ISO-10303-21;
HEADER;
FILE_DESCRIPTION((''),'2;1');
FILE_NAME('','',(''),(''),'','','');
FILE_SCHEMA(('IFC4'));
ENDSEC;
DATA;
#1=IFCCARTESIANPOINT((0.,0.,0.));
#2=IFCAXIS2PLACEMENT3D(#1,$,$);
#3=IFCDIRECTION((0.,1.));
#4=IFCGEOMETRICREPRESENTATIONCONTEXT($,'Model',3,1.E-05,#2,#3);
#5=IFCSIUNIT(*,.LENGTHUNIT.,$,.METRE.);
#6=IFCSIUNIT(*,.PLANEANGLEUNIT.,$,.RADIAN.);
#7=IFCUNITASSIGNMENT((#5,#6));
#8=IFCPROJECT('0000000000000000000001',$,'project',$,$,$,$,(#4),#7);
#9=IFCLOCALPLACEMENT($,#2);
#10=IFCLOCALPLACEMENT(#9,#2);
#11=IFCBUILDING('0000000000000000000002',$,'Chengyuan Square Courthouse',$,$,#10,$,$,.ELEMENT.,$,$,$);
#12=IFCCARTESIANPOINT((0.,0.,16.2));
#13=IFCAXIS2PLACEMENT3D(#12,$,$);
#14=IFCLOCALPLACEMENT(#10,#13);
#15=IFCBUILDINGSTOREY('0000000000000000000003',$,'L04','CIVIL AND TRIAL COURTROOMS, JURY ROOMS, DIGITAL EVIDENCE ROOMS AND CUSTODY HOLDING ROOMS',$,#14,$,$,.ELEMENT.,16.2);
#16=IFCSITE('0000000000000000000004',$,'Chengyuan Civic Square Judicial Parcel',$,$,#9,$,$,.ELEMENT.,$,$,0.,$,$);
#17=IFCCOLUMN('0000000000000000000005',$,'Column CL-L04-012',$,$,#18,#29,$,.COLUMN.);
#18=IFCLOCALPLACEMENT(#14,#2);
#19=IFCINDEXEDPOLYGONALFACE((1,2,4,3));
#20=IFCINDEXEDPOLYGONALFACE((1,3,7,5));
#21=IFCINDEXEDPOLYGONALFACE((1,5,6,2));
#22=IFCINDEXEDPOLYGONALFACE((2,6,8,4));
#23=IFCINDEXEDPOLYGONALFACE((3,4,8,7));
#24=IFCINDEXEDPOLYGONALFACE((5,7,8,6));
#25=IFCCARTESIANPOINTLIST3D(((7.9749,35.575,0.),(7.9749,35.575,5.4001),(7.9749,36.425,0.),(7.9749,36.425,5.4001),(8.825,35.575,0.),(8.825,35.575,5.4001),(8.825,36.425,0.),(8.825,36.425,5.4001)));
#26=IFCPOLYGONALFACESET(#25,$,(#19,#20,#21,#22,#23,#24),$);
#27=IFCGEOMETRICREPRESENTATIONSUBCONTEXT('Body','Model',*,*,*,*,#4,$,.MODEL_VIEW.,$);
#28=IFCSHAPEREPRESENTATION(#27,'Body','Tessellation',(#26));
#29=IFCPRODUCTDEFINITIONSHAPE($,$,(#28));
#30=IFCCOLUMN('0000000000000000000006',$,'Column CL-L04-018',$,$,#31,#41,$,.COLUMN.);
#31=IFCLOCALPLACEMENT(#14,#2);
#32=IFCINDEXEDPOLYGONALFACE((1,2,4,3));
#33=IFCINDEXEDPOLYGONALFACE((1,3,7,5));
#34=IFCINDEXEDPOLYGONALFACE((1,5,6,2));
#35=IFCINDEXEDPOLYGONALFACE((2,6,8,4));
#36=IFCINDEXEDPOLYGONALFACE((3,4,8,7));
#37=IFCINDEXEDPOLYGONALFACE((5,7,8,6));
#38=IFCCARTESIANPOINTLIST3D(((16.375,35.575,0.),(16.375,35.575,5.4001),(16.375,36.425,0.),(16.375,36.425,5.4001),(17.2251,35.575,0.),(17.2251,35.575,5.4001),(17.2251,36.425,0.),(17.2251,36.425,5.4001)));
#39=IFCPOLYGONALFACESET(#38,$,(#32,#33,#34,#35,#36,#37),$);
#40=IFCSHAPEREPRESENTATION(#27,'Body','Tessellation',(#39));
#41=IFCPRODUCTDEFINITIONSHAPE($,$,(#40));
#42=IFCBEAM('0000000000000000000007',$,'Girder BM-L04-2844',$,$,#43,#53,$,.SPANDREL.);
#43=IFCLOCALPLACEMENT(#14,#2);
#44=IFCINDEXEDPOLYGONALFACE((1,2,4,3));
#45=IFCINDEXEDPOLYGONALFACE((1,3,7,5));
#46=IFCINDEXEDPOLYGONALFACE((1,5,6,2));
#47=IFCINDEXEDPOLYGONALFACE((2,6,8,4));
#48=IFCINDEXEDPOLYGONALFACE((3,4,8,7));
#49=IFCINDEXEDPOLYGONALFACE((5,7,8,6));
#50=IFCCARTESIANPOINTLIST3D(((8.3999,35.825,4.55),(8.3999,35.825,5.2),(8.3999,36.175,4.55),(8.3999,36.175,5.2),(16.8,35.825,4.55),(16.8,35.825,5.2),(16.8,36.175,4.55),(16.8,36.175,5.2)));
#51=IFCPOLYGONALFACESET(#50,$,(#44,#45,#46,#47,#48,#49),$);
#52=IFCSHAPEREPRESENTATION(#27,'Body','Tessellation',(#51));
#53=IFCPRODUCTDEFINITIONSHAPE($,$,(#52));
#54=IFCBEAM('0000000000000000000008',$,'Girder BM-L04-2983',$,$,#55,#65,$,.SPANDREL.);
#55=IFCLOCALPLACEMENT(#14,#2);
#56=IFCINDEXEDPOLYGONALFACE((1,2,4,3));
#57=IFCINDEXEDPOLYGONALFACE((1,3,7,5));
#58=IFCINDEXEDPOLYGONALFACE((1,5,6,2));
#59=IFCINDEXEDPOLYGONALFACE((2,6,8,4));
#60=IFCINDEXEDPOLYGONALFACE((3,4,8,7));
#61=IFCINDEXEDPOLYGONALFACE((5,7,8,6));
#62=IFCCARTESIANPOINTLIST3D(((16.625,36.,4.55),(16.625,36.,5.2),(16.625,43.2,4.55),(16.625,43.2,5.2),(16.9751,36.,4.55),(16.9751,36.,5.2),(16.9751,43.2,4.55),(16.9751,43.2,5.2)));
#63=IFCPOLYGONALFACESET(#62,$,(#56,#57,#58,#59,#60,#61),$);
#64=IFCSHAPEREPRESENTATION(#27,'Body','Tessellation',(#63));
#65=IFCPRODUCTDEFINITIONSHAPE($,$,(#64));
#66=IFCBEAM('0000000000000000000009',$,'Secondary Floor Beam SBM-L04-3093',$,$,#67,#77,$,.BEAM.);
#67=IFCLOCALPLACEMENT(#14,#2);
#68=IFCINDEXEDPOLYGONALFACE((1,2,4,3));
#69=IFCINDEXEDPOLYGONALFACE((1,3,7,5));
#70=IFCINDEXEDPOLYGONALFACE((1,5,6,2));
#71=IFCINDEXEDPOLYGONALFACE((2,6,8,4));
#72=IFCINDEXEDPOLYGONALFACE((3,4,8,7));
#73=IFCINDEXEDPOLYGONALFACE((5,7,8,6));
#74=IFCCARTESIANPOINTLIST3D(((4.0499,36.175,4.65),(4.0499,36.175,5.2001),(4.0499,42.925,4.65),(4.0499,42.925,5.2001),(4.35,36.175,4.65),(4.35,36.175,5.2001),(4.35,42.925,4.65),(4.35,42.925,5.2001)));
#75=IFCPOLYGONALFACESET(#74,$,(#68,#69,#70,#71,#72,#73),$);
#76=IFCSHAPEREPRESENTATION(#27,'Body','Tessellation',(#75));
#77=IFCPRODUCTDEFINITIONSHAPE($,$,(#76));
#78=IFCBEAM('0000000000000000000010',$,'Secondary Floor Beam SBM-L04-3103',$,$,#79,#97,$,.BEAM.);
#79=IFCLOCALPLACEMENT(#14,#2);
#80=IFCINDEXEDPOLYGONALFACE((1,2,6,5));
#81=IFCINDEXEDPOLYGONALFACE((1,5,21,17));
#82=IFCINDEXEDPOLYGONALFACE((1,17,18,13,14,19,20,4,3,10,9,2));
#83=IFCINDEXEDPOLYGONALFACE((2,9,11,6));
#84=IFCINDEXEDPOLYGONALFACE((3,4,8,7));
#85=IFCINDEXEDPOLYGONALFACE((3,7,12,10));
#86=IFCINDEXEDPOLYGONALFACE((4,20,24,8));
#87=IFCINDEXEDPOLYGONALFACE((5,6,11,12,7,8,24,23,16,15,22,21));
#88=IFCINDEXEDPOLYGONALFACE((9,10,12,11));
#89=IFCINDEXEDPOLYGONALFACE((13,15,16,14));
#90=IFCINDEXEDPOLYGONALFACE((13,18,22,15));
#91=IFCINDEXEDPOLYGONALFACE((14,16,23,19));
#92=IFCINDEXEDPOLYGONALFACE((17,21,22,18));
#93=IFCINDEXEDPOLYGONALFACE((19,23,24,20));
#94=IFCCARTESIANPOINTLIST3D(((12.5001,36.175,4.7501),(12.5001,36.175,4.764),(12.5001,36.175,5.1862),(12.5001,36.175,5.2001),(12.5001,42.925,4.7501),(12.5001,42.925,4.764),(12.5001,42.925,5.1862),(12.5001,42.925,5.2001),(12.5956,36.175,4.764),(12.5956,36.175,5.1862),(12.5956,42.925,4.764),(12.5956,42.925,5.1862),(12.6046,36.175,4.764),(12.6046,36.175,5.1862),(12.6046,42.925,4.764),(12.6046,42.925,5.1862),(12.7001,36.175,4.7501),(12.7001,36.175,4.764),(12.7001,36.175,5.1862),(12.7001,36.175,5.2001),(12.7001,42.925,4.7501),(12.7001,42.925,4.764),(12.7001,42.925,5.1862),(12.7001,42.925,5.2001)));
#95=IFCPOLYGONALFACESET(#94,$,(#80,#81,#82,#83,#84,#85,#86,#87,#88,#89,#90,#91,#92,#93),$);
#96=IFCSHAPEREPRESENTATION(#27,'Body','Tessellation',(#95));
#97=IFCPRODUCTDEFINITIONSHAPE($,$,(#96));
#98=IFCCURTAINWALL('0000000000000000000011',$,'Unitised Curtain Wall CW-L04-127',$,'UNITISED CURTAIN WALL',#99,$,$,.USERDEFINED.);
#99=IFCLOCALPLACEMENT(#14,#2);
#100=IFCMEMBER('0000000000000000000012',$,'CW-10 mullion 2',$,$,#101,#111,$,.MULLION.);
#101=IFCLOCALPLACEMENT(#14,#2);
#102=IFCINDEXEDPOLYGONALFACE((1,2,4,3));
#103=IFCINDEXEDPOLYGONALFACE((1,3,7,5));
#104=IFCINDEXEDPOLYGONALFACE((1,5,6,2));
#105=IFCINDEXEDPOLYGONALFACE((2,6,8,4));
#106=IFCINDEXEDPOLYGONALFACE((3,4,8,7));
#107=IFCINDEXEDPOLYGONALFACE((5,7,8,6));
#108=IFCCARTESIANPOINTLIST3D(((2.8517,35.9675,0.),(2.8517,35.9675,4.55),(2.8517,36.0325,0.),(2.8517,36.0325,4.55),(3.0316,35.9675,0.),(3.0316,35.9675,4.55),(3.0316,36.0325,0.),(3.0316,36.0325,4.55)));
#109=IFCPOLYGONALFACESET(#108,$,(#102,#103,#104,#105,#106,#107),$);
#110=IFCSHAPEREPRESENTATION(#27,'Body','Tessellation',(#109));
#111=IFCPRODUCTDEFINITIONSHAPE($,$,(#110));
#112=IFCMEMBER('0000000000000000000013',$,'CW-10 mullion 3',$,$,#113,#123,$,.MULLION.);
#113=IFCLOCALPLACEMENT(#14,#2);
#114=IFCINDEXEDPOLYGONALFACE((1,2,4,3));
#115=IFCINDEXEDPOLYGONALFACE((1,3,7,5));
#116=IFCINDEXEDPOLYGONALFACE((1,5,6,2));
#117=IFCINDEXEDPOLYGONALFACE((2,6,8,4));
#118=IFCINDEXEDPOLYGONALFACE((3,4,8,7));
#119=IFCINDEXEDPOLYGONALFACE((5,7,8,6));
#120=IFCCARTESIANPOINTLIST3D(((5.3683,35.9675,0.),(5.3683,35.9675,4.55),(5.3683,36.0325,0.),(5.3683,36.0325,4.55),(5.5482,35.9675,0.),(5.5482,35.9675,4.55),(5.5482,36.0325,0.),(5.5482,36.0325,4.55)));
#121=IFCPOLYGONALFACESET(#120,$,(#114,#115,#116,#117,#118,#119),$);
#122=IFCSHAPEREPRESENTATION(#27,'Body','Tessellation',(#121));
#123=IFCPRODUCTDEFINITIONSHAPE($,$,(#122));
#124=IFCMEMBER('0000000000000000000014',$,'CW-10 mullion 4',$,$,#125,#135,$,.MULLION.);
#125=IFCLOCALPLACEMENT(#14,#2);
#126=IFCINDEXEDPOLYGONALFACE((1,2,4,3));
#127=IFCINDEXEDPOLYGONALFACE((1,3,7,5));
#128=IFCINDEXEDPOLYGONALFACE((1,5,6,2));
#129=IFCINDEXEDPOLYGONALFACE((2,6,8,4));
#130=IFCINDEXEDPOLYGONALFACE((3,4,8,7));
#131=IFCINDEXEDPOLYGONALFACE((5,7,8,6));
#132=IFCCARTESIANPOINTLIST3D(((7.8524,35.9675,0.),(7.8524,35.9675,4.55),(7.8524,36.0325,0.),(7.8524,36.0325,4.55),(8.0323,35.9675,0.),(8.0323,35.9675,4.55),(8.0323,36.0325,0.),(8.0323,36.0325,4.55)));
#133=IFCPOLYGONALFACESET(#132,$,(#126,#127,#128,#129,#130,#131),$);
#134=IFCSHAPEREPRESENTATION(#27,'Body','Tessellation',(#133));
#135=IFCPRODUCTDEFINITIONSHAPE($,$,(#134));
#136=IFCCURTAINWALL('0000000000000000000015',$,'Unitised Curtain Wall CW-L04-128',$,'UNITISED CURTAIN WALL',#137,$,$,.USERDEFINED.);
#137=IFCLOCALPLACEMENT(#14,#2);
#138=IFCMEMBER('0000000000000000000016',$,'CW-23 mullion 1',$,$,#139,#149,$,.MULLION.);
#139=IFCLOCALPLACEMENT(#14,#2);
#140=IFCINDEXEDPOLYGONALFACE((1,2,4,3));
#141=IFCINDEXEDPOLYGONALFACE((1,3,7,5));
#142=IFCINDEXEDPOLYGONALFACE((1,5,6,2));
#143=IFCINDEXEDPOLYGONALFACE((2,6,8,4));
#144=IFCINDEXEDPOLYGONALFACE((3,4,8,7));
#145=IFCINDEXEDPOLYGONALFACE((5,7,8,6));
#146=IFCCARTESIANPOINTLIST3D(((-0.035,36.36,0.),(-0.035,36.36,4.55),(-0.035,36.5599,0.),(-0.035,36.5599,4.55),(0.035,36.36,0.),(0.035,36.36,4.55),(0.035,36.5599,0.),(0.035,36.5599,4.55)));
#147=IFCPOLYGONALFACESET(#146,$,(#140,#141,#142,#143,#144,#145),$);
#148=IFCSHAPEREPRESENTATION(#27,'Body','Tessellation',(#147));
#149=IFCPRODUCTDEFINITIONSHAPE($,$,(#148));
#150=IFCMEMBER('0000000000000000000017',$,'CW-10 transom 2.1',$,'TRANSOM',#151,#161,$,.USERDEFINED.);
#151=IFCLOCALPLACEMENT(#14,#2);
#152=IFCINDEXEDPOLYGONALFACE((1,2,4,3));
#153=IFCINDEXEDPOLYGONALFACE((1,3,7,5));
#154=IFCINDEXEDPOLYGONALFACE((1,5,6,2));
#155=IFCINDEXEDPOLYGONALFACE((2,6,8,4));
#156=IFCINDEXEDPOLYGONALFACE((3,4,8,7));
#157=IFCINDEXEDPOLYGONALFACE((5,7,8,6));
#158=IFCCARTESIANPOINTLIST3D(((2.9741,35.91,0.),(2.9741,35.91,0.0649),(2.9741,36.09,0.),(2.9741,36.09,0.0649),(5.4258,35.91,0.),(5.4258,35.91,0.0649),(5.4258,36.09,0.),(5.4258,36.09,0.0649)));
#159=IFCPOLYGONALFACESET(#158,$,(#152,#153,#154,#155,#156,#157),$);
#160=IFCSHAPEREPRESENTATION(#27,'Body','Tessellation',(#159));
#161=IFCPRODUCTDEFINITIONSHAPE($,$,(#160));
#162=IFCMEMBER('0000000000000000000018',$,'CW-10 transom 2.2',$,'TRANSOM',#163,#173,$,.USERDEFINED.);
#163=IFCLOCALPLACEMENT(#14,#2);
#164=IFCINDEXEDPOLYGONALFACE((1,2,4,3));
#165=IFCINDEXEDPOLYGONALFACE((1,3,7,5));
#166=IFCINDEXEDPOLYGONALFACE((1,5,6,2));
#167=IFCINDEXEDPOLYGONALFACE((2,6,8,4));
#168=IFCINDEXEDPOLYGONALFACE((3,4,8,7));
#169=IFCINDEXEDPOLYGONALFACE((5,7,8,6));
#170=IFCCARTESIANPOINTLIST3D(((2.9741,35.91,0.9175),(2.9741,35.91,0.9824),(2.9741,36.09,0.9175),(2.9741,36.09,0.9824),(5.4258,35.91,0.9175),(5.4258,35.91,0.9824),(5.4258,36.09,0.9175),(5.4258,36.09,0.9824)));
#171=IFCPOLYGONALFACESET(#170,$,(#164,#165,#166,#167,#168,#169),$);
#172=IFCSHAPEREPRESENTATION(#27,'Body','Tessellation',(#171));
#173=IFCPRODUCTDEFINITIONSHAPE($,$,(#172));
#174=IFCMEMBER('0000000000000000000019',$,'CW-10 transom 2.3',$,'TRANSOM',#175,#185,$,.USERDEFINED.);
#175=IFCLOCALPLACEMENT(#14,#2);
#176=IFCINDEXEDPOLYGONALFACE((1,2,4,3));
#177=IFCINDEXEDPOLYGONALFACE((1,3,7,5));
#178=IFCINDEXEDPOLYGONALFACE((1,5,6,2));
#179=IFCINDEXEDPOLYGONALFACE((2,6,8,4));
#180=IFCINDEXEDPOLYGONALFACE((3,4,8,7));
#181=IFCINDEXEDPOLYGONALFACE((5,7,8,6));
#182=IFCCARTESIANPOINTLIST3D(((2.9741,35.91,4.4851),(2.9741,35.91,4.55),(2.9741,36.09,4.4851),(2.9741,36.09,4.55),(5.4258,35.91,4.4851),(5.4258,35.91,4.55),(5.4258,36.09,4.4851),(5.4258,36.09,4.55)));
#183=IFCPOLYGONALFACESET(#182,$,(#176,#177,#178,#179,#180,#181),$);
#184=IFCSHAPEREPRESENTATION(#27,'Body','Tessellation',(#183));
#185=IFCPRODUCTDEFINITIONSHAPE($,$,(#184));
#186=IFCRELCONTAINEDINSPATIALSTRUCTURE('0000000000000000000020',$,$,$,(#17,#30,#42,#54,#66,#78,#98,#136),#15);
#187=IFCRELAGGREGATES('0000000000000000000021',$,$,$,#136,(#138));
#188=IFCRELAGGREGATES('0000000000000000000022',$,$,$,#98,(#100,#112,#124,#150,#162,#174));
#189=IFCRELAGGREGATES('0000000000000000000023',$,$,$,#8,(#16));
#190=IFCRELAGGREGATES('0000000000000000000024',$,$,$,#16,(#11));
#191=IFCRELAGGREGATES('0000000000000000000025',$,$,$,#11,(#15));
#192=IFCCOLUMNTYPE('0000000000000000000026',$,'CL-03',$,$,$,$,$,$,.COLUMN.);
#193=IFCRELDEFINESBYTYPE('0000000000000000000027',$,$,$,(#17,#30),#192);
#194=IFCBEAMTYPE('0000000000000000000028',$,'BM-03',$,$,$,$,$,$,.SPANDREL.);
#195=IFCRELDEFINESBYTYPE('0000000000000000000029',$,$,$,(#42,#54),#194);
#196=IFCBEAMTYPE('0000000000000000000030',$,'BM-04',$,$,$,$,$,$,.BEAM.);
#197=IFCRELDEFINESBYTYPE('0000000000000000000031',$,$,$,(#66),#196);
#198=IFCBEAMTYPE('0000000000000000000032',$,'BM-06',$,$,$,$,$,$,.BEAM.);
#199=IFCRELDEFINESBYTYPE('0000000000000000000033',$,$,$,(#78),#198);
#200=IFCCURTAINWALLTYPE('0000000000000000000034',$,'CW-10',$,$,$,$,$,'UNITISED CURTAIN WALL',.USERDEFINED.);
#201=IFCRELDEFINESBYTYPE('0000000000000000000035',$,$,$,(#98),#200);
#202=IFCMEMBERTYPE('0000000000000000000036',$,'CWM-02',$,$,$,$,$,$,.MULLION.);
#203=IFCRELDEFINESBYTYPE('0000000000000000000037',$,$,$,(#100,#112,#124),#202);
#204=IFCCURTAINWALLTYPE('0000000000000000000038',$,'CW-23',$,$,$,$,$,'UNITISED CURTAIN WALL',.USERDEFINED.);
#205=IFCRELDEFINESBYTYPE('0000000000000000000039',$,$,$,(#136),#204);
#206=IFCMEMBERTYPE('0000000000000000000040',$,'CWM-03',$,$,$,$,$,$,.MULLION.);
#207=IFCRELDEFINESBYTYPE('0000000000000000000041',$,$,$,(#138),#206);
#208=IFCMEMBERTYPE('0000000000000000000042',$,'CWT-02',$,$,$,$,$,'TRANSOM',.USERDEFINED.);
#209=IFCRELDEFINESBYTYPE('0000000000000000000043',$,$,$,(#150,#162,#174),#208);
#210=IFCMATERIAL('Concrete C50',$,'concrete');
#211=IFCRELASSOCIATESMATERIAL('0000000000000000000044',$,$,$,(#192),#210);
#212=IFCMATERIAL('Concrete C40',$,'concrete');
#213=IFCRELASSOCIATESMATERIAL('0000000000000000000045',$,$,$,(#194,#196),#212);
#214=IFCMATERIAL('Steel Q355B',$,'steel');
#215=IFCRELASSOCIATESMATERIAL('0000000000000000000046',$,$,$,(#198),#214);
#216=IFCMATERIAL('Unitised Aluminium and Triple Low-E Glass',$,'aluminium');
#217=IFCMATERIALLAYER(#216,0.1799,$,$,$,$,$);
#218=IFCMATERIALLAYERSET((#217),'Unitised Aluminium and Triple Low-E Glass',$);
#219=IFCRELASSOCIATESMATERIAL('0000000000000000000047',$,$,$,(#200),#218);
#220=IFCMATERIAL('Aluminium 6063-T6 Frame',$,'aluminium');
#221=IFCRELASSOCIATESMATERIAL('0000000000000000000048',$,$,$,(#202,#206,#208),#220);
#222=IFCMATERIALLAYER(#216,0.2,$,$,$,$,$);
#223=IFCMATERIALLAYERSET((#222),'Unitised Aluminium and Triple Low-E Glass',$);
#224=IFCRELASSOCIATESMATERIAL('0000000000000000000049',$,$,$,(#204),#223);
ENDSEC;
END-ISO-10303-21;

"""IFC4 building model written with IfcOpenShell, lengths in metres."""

from ifc_helpers import new_model, si_unit, direction, frame, origin, origin_2d, place, context, subcontext, project, spatial, rectangle, i_section, extrude, material, layer, layer_set, material_profile, profile_set, type_object, element, aggregate, save


model = new_model("IFC4")

# Units and contexts
model_context = context("Model", 3, precision=1e-05, world=origin(), true_north=direction((0.0, 1.0)))
body_context = subcontext(model_context, "Body", "Model", "MODEL_VIEW")
ifc_project = project(units=[si_unit("LENGTHUNIT", "METRE"), si_unit("PLANEANGLEUNIT", "RADIAN")], contexts=[model_context])

# Site, building, storey
site_placement = place(None, origin())
site = spatial("IfcSite", under=ifc_project, at=site_placement, Name="Chengyuan Civic Square Judicial Parcel", CompositionType="ELEMENT", RefElevation=0.0)
building_placement = place(site_placement, origin())
building = spatial("IfcBuilding", under=site, at=building_placement, Name="Chengyuan Square Courthouse", CompositionType="ELEMENT")
storey_placement = place(building_placement, frame((0.0, 0.0, 16.2)))
storey = spatial("IfcBuildingStorey", under=building, at=storey_placement, Name="L04", Description="CIVIL AND TRIAL COURTROOMS, JURY ROOMS, DIGITAL EVIDENCE ROOMS AND CUSTODY HOLDING ROOMS", CompositionType="ELEMENT", Elevation=16.2)

# Columns
ifc_material_1 = material(Name="Concrete C50", Category="concrete")
ifc_material_profile_1 = material_profile(ifc_material_1, rectangle(XDim=0.8501, YDim=0.8501, at=origin_2d()), Name="RC-COL-850x850")
ifc_profile_set_1 = profile_set([ifc_material_profile_1], Name="Concrete C50")
column_type = type_object("IfcColumnType", Name="CL-03", PredefinedType="COLUMN", material=ifc_profile_set_1)
for number, where, z_axis, x_axis, name in (
    (1, (8.3999, 36.0, 0.0), (0.0, 0.0, 1.0), (1.0, 0.0, 0.0), "Column CL-L04-012"),
    (2, (16.8, 36.0, 0.0), (0.0, 0.0, 1.0), (1.0, 0.0, 0.0), "Column CL-L04-018"),
):
    element("IfcColumn", number, at=place(storey_placement, frame(where, z_axis=z_axis, x_axis=x_axis)), inside=storey, type_object=column_type, Name=name, PredefinedType="COLUMN", context=body_context, shape_type="SweptSolid", body=[
        extrude(rectangle(XDim=0.8501, YDim=0.8501, at=origin_2d()), origin(), (0.0, 0.0, 1.0), 5.4001),
    ])

# Beams
ifc_material_2 = material(Name="Concrete C40", Category="concrete")
ifc_material_profile_2 = material_profile(ifc_material_2, rectangle(XDim=0.3501, YDim=0.6499, at=origin_2d()), Name="RC-BM-350x650")
ifc_profile_set_2 = profile_set([ifc_material_profile_2], Name="Concrete C40")
beam_type_1 = type_object("IfcBeamType", Name="BM-03", PredefinedType="SPANDREL", material=ifc_profile_set_2)
beam_1_placement = place(storey_placement, frame((8.3999, 36.0, 4.875), z_axis=(1.0, 0.0, 0.0), x_axis=(0.0, 1.0, 0.0)))
element("IfcBeam", 3, at=beam_1_placement, inside=storey, type_object=beam_type_1, Name="Girder BM-L04-2844", PredefinedType="SPANDREL", context=body_context, shape_type="SweptSolid", body=[
    extrude(rectangle(XDim=0.3501, YDim=0.6499, at=origin_2d()), origin(), (0.0, 0.0, 1.0), 8.4001),
])
beam_2_placement = place(storey_placement, frame((16.8, 36.0, 4.875), z_axis=(0.0, 1.0, 0.0), x_axis=(-1.0, 0.0, 0.0)))
element("IfcBeam", 4, at=beam_2_placement, inside=storey, type_object=beam_type_1, Name="Girder BM-L04-2983", PredefinedType="SPANDREL", context=body_context, shape_type="SweptSolid", body=[
    extrude(rectangle(XDim=0.3501, YDim=0.6499, at=origin_2d()), origin(), (0.0, 0.0, 1.0), 7.2),
])
ifc_material_profile_3 = material_profile(ifc_material_2, rectangle(XDim=0.3, YDim=0.55, at=origin_2d()), Name="RC-BM-300x550")
ifc_profile_set_3 = profile_set([ifc_material_profile_3], Name="Concrete C40")
beam_type_2 = type_object("IfcBeamType", Name="BM-04", PredefinedType="BEAM", material=ifc_profile_set_3)
beam_3_placement = place(storey_placement, frame((4.2, 36.175, 4.925), z_axis=(0.0, 1.0, 0.0), x_axis=(-1.0, 0.0, 0.0)))
element("IfcBeam", 5, at=beam_3_placement, inside=storey, type_object=beam_type_2, Name="Secondary Floor Beam SBM-L04-3093", PredefinedType="BEAM", context=body_context, shape_type="SweptSolid", body=[
    extrude(rectangle(XDim=0.3, YDim=0.55, at=origin_2d()), origin(), (0.0, 0.0, 1.0), 6.75),
])
ifc_material_3 = material(Name="Steel Q355B", Category="steel")
ifc_material_profile_4 = material_profile(ifc_material_3, i_section(OverallWidth=0.2, OverallDepth=0.45, WebThickness=0.009, FlangeThickness=0.0139, at=origin_2d()), Name="HN 450x200x9x14")
ifc_profile_set_4 = profile_set([ifc_material_profile_4], Name="Steel Q355B")
beam_type_3 = type_object("IfcBeamType", Name="BM-06", PredefinedType="BEAM", material=ifc_profile_set_4)
beam_4_placement = place(storey_placement, frame((12.6001, 36.175, 4.9751), z_axis=(0.0, 1.0, 0.0), x_axis=(-1.0, 0.0, 0.0)))
element("IfcBeam", 6, at=beam_4_placement, inside=storey, type_object=beam_type_3, Name="Secondary Floor Beam SBM-L04-3103", PredefinedType="BEAM", context=body_context, shape_type="SweptSolid", body=[
    extrude(i_section(OverallWidth=0.2, OverallDepth=0.45, WebThickness=0.009, FlangeThickness=0.0139, at=origin_2d()), origin(), (0.0, 0.0, 1.0), 6.75),
])

# Curtain wall, members
ifc_material_4 = material(Name="Unitised Aluminium and Triple Low-E Glass", Category="aluminium")
ifc_layer_1 = layer(ifc_material_4, 0.1799)
ifc_layer_set_1 = layer_set([ifc_layer_1], Name="Unitised Aluminium and Triple Low-E Glass")
curtain_wall_type_1 = type_object("IfcCurtainWallType", Name="CW-10", ElementType="UNITISED CURTAIN WALL", PredefinedType="USERDEFINED", material=ifc_layer_set_1)
curtain_wall_1_placement = place(storey_placement, origin())
curtain_wall_1 = element("IfcCurtainWall", 7, at=curtain_wall_1_placement, inside=storey, type_object=curtain_wall_type_1, Name="Unitised Curtain Wall CW-L04-127", ObjectType="UNITISED CURTAIN WALL", PredefinedType="USERDEFINED")
ifc_material_5 = material(Name="Aluminium 6063-T6 Frame", Category="aluminium")
ifc_material_profile_5 = material_profile(ifc_material_5, rectangle(XDim=0.0649, YDim=0.1799, at=origin_2d()), Name="CW-MUL-65x180")
ifc_profile_set_5 = profile_set([ifc_material_profile_5], Name="Aluminium 6063-T6 Frame")
member_type_1 = type_object("IfcMemberType", Name="CWM-02", PredefinedType="MULLION", material=ifc_profile_set_5)
member_1_placement = place(storey_placement, frame((2.9417, 36.0, 0.0), z_axis=(0.0, 0.0, 1.0), x_axis=(0.0, 1.0, 0.0)))
member_1 = element("IfcMember", 8, at=member_1_placement, type_object=member_type_1, Name="CW-10 mullion 2", PredefinedType="MULLION", context=body_context, shape_type="SweptSolid", body=[
    extrude(rectangle(XDim=0.0649, YDim=0.1799, at=origin_2d()), origin(), (0.0, 0.0, 1.0), 4.55),
])
member_2_placement = place(storey_placement, frame((5.4583, 36.0, 0.0), z_axis=(0.0, 0.0, 1.0), x_axis=(0.0, 1.0, 0.0)))
member_2 = element("IfcMember", 9, at=member_2_placement, type_object=member_type_1, Name="CW-10 mullion 3", PredefinedType="MULLION", context=body_context, shape_type="SweptSolid", body=[
    extrude(rectangle(XDim=0.0649, YDim=0.1799, at=origin_2d()), origin(), (0.0, 0.0, 1.0), 4.55),
])
member_3_placement = place(storey_placement, frame((7.9424, 36.0, 0.0), z_axis=(0.0, 0.0, 1.0), x_axis=(0.0, 1.0, 0.0)))
member_3 = element("IfcMember", 10, at=member_3_placement, type_object=member_type_1, Name="CW-10 mullion 4", PredefinedType="MULLION", context=body_context, shape_type="SweptSolid", body=[
    extrude(rectangle(XDim=0.0649, YDim=0.1799, at=origin_2d()), origin(), (0.0, 0.0, 1.0), 4.55),
])

# Curtain wall, member
ifc_layer_2 = layer(ifc_material_4, 0.2)
ifc_layer_set_2 = layer_set([ifc_layer_2], Name="Unitised Aluminium and Triple Low-E Glass")
curtain_wall_type_2 = type_object("IfcCurtainWallType", Name="CW-23", ElementType="UNITISED CURTAIN WALL", PredefinedType="USERDEFINED", material=ifc_layer_set_2)
curtain_wall_2_placement = place(storey_placement, origin())
curtain_wall_2 = element("IfcCurtainWall", 11, at=curtain_wall_2_placement, inside=storey, type_object=curtain_wall_type_2, Name="Unitised Curtain Wall CW-L04-128", ObjectType="UNITISED CURTAIN WALL", PredefinedType="USERDEFINED")
ifc_material_profile_6 = material_profile(ifc_material_5, rectangle(XDim=0.0701, YDim=0.2, at=origin_2d()), Name="CW-MUL-70x200")
ifc_profile_set_6 = profile_set([ifc_material_profile_6], Name="Aluminium 6063-T6 Frame")
member_type_2 = type_object("IfcMemberType", Name="CWM-03", PredefinedType="MULLION", material=ifc_profile_set_6)
member_4_placement = place(storey_placement, frame((0.0, 36.46, 0.0), z_axis=(0.0, 0.0, 1.0), x_axis=(-1.0, 0.0, 0.0)))
member_4 = element("IfcMember", 12, at=member_4_placement, type_object=member_type_2, Name="CW-23 mullion 1", PredefinedType="MULLION", context=body_context, shape_type="SweptSolid", body=[
    extrude(rectangle(XDim=0.0701, YDim=0.2, at=origin_2d()), origin(), (0.0, 0.0, 1.0), 4.55),
])

# Members
ifc_material_profile_7 = material_profile(ifc_material_5, rectangle(XDim=0.1799, YDim=0.0649, at=origin_2d()), Name="CW-TRN-65x140")
ifc_profile_set_7 = profile_set([ifc_material_profile_7], Name="Aluminium 6063-T6 Frame")
member_type_3 = type_object("IfcMemberType", Name="CWT-02", ElementType="TRANSOM", PredefinedType="USERDEFINED", material=ifc_profile_set_7)
member_5_placement = place(storey_placement, frame((2.9741, 36.0, 0.0325), z_axis=(1.0, 0.0, 0.0), x_axis=(0.0, 1.0, 0.0)))
member_5 = element("IfcMember", 13, at=member_5_placement, type_object=member_type_3, Name="CW-10 transom 2.1", ObjectType="TRANSOM", PredefinedType="USERDEFINED", context=body_context, shape_type="SweptSolid", body=[
    extrude(rectangle(XDim=0.1799, YDim=0.0649, at=origin_2d()), origin(), (0.0, 0.0, 1.0), 2.4517),
])
member_6_placement = place(storey_placement, frame((2.9741, 36.0, 0.95), z_axis=(1.0, 0.0, 0.0), x_axis=(0.0, 1.0, 0.0)))
member_6 = element("IfcMember", 14, at=member_6_placement, type_object=member_type_3, Name="CW-10 transom 2.2", ObjectType="TRANSOM", PredefinedType="USERDEFINED", context=body_context, shape_type="SweptSolid", body=[
    extrude(rectangle(XDim=0.1799, YDim=0.0649, at=origin_2d()), origin(), (0.0, 0.0, 1.0), 2.4517),
])
member_7_placement = place(storey_placement, frame((2.9741, 36.0, 4.5176), z_axis=(1.0, 0.0, 0.0), x_axis=(0.0, 1.0, 0.0)))
member_7 = element("IfcMember", 15, at=member_7_placement, type_object=member_type_3, Name="CW-10 transom 2.3", ObjectType="TRANSOM", PredefinedType="USERDEFINED", context=body_context, shape_type="SweptSolid", body=[
    extrude(rectangle(XDim=0.1799, YDim=0.0649, at=origin_2d()), origin(), (0.0, 0.0, 1.0), 2.4517),
])
aggregate(curtain_wall_2, [member_4])

aggregate(curtain_wall_1, [member_1, member_2, member_3, member_5, member_6, member_7])

save(model, "model.ifc")
